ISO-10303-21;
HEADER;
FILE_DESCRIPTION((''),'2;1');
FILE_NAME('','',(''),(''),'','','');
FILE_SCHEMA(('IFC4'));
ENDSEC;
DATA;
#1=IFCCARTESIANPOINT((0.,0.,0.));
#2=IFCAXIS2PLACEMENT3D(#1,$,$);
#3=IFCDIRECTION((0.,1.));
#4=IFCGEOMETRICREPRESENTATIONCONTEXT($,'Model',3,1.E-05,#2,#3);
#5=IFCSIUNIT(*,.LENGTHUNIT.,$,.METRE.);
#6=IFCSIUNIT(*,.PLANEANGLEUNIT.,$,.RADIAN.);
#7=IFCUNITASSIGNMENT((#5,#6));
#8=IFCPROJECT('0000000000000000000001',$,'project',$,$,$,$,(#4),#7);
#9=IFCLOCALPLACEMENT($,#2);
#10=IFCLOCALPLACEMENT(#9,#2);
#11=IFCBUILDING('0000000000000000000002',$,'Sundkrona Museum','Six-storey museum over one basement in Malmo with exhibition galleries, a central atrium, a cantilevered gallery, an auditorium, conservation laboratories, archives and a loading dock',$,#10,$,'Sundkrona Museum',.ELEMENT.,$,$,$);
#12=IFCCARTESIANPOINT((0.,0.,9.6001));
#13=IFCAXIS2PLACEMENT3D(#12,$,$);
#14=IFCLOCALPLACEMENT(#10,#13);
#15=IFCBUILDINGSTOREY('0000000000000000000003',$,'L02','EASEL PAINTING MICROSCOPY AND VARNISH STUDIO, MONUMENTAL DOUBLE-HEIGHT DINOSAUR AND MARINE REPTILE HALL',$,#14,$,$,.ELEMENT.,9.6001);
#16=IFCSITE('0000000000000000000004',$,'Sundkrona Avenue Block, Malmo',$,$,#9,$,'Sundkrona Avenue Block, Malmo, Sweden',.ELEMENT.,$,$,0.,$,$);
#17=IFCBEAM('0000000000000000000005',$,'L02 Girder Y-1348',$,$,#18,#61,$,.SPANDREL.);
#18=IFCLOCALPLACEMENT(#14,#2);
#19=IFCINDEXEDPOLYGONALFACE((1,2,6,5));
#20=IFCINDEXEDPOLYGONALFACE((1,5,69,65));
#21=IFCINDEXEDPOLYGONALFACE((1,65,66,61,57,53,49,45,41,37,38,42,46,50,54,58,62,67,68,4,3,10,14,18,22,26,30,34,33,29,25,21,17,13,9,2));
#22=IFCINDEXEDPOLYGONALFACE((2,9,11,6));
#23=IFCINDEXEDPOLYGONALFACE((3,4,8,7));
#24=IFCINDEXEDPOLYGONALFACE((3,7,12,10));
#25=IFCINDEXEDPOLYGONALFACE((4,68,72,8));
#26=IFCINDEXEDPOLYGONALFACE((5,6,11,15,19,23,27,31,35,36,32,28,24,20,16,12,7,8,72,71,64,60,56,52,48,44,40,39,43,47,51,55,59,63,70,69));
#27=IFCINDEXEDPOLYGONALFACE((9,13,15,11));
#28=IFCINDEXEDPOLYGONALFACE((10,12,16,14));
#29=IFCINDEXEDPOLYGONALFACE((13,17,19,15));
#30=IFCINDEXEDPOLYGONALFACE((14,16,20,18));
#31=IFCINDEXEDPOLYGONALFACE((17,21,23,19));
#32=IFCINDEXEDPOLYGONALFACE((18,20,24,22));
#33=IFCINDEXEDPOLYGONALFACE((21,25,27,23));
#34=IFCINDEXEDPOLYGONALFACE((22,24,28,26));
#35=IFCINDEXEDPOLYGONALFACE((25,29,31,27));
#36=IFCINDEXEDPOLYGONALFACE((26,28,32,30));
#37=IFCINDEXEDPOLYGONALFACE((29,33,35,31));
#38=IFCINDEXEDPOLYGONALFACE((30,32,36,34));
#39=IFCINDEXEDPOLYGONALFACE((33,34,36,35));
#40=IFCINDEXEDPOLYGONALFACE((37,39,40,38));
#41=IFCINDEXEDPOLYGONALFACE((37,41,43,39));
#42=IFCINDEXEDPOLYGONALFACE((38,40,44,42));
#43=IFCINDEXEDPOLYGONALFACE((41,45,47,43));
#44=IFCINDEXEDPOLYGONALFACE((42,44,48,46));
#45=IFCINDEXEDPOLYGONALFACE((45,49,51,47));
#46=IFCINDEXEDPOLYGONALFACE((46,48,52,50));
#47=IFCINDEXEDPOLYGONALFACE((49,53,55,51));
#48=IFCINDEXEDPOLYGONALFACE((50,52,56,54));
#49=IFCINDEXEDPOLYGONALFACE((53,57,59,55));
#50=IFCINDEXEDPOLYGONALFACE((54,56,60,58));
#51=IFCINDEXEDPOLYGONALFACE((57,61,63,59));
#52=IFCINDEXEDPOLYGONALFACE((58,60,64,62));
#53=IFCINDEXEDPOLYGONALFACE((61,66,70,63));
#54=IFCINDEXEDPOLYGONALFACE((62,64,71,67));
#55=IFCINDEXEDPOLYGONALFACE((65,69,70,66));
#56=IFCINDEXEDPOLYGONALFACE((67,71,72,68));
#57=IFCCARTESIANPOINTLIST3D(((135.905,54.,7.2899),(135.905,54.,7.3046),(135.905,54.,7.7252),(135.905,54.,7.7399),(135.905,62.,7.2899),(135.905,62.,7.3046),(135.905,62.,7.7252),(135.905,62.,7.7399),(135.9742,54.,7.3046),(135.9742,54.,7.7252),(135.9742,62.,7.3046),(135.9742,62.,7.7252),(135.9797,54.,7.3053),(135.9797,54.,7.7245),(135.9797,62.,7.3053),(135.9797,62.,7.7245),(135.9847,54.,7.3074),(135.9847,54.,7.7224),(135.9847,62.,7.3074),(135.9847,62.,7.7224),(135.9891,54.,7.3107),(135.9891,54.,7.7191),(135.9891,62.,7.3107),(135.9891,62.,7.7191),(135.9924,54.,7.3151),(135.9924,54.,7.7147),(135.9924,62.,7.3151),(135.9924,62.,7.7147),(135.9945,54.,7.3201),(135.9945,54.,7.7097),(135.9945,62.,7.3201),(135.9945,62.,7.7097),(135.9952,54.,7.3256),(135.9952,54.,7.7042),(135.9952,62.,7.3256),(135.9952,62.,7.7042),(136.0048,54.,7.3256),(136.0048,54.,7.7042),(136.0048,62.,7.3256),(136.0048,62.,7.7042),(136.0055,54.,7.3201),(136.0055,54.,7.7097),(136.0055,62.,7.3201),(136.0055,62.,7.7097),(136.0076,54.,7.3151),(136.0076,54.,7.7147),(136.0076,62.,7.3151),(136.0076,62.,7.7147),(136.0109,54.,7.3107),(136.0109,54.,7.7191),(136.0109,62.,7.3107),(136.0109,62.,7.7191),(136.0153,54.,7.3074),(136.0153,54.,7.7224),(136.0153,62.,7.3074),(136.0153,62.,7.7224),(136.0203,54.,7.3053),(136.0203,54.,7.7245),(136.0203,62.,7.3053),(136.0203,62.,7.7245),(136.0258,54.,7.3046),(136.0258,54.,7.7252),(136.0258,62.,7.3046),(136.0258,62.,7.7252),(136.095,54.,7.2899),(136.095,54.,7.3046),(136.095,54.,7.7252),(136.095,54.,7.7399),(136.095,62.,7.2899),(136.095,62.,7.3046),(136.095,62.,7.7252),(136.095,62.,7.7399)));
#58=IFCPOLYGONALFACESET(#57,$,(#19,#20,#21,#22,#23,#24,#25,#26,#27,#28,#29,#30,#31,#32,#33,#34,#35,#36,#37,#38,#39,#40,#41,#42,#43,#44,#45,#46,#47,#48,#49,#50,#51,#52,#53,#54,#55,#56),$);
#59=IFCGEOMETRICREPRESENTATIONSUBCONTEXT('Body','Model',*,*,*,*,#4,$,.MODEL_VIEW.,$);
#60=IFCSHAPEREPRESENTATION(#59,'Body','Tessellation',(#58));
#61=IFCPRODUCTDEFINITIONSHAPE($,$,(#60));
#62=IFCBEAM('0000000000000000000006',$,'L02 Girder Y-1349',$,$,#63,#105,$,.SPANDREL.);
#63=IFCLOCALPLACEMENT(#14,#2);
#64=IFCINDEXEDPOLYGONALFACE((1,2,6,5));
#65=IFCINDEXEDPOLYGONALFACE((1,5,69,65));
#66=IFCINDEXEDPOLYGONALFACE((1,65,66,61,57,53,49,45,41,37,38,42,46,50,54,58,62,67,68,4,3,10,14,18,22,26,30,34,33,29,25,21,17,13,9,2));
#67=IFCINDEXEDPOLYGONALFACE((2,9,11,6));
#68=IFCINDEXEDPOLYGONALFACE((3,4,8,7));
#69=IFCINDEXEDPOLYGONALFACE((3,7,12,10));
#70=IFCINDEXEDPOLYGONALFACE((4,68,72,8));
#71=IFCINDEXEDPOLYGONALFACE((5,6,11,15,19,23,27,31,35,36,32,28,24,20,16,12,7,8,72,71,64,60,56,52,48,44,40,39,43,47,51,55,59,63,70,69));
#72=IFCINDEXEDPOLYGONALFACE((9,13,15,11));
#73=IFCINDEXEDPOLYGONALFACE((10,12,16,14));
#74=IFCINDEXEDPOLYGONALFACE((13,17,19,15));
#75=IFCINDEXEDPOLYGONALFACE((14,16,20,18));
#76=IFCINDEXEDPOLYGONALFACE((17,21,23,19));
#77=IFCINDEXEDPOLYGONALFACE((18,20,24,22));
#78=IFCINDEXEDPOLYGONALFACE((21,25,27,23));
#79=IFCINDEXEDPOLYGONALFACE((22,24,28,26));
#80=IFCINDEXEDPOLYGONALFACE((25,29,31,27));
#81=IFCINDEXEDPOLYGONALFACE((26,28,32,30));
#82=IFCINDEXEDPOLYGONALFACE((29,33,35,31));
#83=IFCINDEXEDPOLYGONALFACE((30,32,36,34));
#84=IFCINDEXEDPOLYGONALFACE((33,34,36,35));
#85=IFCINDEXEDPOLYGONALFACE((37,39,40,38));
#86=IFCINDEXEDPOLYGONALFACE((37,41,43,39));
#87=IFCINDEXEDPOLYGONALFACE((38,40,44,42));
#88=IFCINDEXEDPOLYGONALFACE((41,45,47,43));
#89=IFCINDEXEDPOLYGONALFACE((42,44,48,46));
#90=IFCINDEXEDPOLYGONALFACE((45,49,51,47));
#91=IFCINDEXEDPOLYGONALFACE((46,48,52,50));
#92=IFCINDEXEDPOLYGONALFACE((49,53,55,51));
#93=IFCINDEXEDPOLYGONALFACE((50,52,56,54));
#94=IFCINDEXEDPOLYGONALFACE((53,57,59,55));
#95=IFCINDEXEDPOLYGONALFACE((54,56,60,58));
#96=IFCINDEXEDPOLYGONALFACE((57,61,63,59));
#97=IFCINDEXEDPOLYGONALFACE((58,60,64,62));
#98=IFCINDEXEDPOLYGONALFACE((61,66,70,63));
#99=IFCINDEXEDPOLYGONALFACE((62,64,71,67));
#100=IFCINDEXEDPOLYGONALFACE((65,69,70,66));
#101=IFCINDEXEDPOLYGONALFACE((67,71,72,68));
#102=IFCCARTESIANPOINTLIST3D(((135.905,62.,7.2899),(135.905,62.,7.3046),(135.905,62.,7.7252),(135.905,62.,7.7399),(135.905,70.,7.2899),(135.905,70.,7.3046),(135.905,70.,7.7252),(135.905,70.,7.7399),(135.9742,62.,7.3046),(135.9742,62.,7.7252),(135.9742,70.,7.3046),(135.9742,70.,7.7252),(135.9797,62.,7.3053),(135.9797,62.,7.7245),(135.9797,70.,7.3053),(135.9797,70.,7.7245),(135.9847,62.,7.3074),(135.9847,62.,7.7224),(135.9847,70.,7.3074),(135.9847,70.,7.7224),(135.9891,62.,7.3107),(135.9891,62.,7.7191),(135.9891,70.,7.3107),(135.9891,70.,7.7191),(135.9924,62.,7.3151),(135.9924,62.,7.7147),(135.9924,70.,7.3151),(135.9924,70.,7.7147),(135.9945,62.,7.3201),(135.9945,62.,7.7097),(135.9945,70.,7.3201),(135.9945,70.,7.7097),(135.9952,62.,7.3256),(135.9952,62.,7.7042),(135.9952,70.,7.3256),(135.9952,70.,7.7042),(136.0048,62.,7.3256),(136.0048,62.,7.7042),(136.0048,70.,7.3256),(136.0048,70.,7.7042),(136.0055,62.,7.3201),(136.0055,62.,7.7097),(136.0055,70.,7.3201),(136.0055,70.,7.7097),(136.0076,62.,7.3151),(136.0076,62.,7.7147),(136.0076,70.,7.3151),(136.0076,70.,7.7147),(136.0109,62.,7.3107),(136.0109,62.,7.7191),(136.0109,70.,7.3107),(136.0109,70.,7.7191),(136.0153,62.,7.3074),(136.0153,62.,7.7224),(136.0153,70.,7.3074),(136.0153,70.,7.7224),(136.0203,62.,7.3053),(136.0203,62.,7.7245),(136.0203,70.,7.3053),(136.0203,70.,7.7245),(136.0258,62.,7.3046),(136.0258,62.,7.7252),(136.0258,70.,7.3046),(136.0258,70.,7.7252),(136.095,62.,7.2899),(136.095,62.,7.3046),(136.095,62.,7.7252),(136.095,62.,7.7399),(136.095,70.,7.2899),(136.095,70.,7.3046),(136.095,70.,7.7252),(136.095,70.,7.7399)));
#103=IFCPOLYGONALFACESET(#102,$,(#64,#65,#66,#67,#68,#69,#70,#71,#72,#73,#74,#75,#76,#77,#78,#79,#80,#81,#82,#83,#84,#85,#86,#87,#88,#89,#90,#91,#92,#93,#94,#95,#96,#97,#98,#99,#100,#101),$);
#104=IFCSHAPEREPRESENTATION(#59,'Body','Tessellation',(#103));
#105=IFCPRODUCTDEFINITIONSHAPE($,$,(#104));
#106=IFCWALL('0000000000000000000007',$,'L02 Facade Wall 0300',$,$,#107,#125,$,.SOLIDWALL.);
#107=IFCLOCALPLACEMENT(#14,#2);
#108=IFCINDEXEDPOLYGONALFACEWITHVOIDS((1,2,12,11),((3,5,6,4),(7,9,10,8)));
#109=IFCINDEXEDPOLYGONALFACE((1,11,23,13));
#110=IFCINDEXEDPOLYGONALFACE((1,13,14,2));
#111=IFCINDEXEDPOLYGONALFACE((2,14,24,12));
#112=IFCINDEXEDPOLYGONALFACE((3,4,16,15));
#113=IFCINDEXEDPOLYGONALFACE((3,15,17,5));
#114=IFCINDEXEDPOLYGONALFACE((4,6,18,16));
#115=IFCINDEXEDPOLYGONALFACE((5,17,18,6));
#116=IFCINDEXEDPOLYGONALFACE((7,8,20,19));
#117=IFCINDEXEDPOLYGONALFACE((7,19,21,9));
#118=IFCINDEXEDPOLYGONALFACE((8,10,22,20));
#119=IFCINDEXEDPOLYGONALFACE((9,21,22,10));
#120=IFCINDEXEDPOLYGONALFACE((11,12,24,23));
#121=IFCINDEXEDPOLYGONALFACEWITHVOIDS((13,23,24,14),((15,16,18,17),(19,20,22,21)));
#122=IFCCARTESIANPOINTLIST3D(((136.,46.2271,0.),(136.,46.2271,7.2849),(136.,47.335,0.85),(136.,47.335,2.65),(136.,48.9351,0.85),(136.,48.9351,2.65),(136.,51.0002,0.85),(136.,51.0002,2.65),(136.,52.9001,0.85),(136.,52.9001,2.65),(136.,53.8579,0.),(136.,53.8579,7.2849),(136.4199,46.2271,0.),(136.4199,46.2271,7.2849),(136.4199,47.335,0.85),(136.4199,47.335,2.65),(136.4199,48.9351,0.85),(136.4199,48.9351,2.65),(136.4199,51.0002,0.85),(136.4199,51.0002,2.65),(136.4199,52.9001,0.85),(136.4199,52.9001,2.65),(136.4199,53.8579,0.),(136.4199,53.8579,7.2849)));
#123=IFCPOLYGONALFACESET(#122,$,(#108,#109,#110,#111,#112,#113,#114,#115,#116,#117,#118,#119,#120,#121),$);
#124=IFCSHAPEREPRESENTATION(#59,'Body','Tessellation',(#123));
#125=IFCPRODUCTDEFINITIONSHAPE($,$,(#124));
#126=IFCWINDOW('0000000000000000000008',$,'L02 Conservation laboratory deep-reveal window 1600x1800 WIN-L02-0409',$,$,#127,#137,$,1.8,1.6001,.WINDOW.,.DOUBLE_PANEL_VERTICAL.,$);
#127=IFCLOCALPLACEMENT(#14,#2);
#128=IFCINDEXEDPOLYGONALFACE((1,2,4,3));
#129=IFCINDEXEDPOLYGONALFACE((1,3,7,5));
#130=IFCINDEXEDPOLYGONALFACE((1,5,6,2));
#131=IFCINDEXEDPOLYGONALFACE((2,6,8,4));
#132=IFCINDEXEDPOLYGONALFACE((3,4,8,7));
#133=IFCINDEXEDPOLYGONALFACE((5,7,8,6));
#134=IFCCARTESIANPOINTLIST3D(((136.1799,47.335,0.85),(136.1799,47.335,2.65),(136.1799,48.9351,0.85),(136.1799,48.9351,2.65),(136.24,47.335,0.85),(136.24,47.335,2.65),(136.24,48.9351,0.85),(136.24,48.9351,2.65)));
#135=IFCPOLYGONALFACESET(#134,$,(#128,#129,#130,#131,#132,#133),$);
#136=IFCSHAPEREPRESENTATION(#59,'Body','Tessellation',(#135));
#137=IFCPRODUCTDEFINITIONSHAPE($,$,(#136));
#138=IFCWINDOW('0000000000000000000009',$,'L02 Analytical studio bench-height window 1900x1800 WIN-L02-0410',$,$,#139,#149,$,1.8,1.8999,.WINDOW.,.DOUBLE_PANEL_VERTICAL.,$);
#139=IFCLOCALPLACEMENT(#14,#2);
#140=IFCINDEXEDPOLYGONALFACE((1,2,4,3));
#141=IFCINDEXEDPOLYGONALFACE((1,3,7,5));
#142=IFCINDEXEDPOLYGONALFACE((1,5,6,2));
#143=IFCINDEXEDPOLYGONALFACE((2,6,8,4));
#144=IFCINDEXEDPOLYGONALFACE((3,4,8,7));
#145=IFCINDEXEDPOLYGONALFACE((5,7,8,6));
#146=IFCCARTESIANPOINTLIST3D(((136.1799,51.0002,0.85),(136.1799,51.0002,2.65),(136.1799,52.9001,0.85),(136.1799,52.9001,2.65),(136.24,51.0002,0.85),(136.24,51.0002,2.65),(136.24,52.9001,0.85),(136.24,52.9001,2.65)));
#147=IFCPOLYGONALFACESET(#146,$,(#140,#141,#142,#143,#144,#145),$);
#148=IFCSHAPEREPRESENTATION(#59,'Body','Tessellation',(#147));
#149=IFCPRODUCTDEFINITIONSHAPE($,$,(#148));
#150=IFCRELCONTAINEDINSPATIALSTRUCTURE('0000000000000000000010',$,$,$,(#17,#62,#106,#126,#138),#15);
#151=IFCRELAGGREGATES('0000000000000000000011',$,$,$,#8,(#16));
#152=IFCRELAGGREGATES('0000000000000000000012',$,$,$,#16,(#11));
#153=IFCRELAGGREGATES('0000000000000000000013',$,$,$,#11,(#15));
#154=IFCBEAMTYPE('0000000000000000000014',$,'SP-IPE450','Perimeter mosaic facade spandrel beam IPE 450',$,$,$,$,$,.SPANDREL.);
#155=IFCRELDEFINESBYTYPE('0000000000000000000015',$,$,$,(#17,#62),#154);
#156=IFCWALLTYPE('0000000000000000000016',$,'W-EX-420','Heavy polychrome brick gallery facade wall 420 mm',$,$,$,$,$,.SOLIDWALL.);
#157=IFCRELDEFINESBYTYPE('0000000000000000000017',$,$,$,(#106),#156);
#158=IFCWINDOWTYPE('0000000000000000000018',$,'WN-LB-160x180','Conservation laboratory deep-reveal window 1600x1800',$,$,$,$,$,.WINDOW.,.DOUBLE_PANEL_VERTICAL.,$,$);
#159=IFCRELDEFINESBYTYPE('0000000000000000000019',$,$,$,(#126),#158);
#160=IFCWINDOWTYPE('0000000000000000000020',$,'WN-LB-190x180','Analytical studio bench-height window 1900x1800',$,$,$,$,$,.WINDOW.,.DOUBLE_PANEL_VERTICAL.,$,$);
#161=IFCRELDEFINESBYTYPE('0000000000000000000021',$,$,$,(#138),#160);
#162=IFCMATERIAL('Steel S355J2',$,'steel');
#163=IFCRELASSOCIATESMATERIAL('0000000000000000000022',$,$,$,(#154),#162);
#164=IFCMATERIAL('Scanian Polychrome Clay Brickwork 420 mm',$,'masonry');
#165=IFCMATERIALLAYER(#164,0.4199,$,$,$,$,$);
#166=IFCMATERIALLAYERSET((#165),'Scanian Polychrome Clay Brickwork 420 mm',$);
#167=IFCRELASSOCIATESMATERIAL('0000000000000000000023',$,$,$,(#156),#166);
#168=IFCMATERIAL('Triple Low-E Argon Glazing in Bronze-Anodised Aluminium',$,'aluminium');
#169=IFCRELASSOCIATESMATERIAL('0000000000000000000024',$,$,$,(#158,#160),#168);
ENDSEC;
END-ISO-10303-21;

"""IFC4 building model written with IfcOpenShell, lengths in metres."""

from ifc_helpers import new_model, si_unit, direction, frame, frame_2d, origin, origin_2d, place, context, subcontext, project, spatial, rectangle, i_section, extrude, material, layer, layer_set, material_profile, profile_set, type_object, element, fill, save


model = new_model("IFC4")

# Units and contexts
model_context = context("Model", 3, precision=1e-05, world=origin(), true_north=direction((0.0, 1.0)))
body_context = subcontext(model_context, "Body", "Model", "MODEL_VIEW")
ifc_project = project(units=[si_unit("LENGTHUNIT", "METRE"), si_unit("PLANEANGLEUNIT", "RADIAN")], contexts=[model_context])

# Site, building, storey
site_placement = place(None, origin())
site = spatial("IfcSite", under=ifc_project, at=site_placement, Name="Sundkrona Avenue Block, Malmo", LongName="Sundkrona Avenue Block, Malmo, Sweden", CompositionType="ELEMENT", RefElevation=0.0)
building_placement = place(site_placement, origin())
building = spatial("IfcBuilding", under=site, at=building_placement, Name="Sundkrona Museum", Description="Six-storey museum over one basement in Malmo with exhibition galleries, a central atrium, a cantilevered gallery, an auditorium, conservation laboratories, archives and a loading dock", LongName="Sundkrona Museum", CompositionType="ELEMENT")
storey_placement = place(building_placement, frame((0.0, 0.0, 9.6001)))
storey = spatial("IfcBuildingStorey", under=building, at=storey_placement, Name="L02", Description="EASEL PAINTING MICROSCOPY AND VARNISH STUDIO, MONUMENTAL DOUBLE-HEIGHT DINOSAUR AND MARINE REPTILE HALL", CompositionType="ELEMENT", Elevation=9.6001)

# Shared definitions
ifc_material_1 = material(Name="Steel S355J2", Category="steel")

# Beams
ifc_material_profile_1 = material_profile(ifc_material_1, i_section(OverallWidth=0.1899, OverallDepth=0.45, WebThickness=0.0095, FlangeThickness=0.0146, FilletRadius=0.021, at=origin_2d()), Name="IPE 450")
ifc_profile_set_1 = profile_set([ifc_material_profile_1], Name="Steel S355J2")
beam_type_1 = type_object("IfcBeamType", Name="SP-IPE450", Description="Perimeter mosaic facade spandrel beam IPE 450", PredefinedType="SPANDREL", material=ifc_profile_set_1)
for number, where, z_axis, x_axis, name in (
    (1, (136.0, 54.0, 7.5149), (0.0, 1.0, 0.0), (-1.0, 0.0, 0.0), "L02 Girder Y-1348"),
    (2, (136.0, 62.0, 7.5149), (0.0, 1.0, 0.0), (-1.0, 0.0, 0.0), "L02 Girder Y-1349"),
):
    element("IfcBeam", number, at=place(storey_placement, frame(where, z_axis=z_axis, x_axis=x_axis)), inside=storey, type_object=beam_type_1, Name=name, PredefinedType="SPANDREL", context=body_context, shape_type="SweptSolid", body=[
        extrude(i_section(OverallWidth=0.1899, OverallDepth=0.45, WebThickness=0.0095, FlangeThickness=0.0146, FilletRadius=0.021, at=origin_2d()), origin(), (0.0, 0.0, 1.0), 8.0),
    ])

# Wall, openings, windows
ifc_material_2 = material(Name="Scanian Polychrome Clay Brickwork 420 mm", Category="masonry")
ifc_layer_1 = layer(ifc_material_2, 0.4199)
ifc_layer_set_1 = layer_set([ifc_layer_1], Name="Scanian Polychrome Clay Brickwork 420 mm")
wall_type_1 = type_object("IfcWallType", Name="W-EX-420", Description="Heavy polychrome brick gallery facade wall 420 mm", PredefinedType="SOLIDWALL", material=ifc_layer_set_1)
wall_1_placement = place(storey_placement, frame((136.21, 46.2271, 0.0), z_axis=(0.0, 0.0, 1.0), x_axis=(0.0, 1.0, 0.0)))
wall_1 = element("IfcWall", 3, at=wall_1_placement, inside=storey, type_object=wall_type_1, Name="L02 Facade Wall 0300", PredefinedType="SOLIDWALL", context=body_context, shape_type="SweptSolid", body=[
    extrude(rectangle(XDim=7.6309, YDim=0.4199, at=frame_2d((3.8154, 0.0))), origin(), (0.0, 0.0, 1.0), 7.2849),
])
opening_1_placement = place(wall_1_placement, frame((1.1079, 0.0, 0.8501)))
opening_1 = element("IfcOpeningElement", 4, at=opening_1_placement, cuts=wall_1, PredefinedType="OPENING", context=body_context, shape_type="SweptSolid", body=[
    extrude(rectangle(XDim=1.6001, YDim=1.8, at=frame_2d((0.8, 0.8999))), frame((0.0, 0.22, 0.0), z_axis=(0.0, -1.0, 0.0), x_axis=(1.0, 0.0, 0.0)), (0.0, 0.0, 1.0), 0.4399),
])
opening_2_placement = place(wall_1_placement, frame((4.7732, 0.0, 0.8501)))
opening_2 = element("IfcOpeningElement", 5, at=opening_2_placement, cuts=wall_1, PredefinedType="OPENING", context=body_context, shape_type="SweptSolid", body=[
    extrude(rectangle(XDim=1.8999, YDim=1.8, at=frame_2d((0.95, 0.8999))), frame((0.0, 0.22, 0.0), z_axis=(0.0, -1.0, 0.0), x_axis=(1.0, 0.0, 0.0)), (0.0, 0.0, 1.0), 0.4399),
])
ifc_material_3 = material(Name="Triple Low-E Argon Glazing in Bronze-Anodised Aluminium", Category="aluminium")
window_type_1 = type_object("IfcWindowType", Name="WN-LB-160x180", Description="Conservation laboratory deep-reveal window 1600x1800", PartitioningType="DOUBLE_PANEL_VERTICAL", PredefinedType="WINDOW", material=ifc_material_3)
window_1_placement = place(opening_1_placement, origin())
window_1 = element("IfcWindow", 6, at=window_1_placement, inside=storey, type_object=window_type_1, Name="L02 Conservation laboratory deep-reveal window 1600x1800 WIN-L02-0409", OverallHeight=1.8, OverallWidth=1.6001, PartitioningType="DOUBLE_PANEL_VERTICAL", PredefinedType="WINDOW", context=body_context, shape_type="SweptSolid", body=[
    extrude(rectangle(XDim=1.6001, YDim=1.8, at=frame_2d((0.8, 0.8999))), frame((0.0, 0.03, 0.0), z_axis=(0.0, -1.0, 0.0), x_axis=(1.0, 0.0, 0.0)), (0.0, 0.0, 1.0), 0.0601),
])
fill(opening_1, window_1)
window_type_2 = type_object("IfcWindowType", Name="WN-LB-190x180", Description="Analytical studio bench-height window 1900x1800", PartitioningType="DOUBLE_PANEL_VERTICAL", PredefinedType="WINDOW", material=ifc_material_3)
window_2_placement = place(opening_2_placement, origin())
window_2 = element("IfcWindow", 7, at=window_2_placement, inside=storey, type_object=window_type_2, Name="L02 Analytical studio bench-height window 1900x1800 WIN-L02-0410", OverallHeight=1.8, OverallWidth=1.8999, PartitioningType="DOUBLE_PANEL_VERTICAL", PredefinedType="WINDOW", context=body_context, shape_type="SweptSolid", body=[
    extrude(rectangle(XDim=1.8999, YDim=1.8, at=frame_2d((0.95, 0.8999))), frame((0.0, 0.03, 0.0), z_axis=(0.0, -1.0, 0.0), x_axis=(1.0, 0.0, 0.0)), (0.0, 0.0, 1.0), 0.0601),
])
fill(opening_2, window_2)

save(model, "model.ifc")
